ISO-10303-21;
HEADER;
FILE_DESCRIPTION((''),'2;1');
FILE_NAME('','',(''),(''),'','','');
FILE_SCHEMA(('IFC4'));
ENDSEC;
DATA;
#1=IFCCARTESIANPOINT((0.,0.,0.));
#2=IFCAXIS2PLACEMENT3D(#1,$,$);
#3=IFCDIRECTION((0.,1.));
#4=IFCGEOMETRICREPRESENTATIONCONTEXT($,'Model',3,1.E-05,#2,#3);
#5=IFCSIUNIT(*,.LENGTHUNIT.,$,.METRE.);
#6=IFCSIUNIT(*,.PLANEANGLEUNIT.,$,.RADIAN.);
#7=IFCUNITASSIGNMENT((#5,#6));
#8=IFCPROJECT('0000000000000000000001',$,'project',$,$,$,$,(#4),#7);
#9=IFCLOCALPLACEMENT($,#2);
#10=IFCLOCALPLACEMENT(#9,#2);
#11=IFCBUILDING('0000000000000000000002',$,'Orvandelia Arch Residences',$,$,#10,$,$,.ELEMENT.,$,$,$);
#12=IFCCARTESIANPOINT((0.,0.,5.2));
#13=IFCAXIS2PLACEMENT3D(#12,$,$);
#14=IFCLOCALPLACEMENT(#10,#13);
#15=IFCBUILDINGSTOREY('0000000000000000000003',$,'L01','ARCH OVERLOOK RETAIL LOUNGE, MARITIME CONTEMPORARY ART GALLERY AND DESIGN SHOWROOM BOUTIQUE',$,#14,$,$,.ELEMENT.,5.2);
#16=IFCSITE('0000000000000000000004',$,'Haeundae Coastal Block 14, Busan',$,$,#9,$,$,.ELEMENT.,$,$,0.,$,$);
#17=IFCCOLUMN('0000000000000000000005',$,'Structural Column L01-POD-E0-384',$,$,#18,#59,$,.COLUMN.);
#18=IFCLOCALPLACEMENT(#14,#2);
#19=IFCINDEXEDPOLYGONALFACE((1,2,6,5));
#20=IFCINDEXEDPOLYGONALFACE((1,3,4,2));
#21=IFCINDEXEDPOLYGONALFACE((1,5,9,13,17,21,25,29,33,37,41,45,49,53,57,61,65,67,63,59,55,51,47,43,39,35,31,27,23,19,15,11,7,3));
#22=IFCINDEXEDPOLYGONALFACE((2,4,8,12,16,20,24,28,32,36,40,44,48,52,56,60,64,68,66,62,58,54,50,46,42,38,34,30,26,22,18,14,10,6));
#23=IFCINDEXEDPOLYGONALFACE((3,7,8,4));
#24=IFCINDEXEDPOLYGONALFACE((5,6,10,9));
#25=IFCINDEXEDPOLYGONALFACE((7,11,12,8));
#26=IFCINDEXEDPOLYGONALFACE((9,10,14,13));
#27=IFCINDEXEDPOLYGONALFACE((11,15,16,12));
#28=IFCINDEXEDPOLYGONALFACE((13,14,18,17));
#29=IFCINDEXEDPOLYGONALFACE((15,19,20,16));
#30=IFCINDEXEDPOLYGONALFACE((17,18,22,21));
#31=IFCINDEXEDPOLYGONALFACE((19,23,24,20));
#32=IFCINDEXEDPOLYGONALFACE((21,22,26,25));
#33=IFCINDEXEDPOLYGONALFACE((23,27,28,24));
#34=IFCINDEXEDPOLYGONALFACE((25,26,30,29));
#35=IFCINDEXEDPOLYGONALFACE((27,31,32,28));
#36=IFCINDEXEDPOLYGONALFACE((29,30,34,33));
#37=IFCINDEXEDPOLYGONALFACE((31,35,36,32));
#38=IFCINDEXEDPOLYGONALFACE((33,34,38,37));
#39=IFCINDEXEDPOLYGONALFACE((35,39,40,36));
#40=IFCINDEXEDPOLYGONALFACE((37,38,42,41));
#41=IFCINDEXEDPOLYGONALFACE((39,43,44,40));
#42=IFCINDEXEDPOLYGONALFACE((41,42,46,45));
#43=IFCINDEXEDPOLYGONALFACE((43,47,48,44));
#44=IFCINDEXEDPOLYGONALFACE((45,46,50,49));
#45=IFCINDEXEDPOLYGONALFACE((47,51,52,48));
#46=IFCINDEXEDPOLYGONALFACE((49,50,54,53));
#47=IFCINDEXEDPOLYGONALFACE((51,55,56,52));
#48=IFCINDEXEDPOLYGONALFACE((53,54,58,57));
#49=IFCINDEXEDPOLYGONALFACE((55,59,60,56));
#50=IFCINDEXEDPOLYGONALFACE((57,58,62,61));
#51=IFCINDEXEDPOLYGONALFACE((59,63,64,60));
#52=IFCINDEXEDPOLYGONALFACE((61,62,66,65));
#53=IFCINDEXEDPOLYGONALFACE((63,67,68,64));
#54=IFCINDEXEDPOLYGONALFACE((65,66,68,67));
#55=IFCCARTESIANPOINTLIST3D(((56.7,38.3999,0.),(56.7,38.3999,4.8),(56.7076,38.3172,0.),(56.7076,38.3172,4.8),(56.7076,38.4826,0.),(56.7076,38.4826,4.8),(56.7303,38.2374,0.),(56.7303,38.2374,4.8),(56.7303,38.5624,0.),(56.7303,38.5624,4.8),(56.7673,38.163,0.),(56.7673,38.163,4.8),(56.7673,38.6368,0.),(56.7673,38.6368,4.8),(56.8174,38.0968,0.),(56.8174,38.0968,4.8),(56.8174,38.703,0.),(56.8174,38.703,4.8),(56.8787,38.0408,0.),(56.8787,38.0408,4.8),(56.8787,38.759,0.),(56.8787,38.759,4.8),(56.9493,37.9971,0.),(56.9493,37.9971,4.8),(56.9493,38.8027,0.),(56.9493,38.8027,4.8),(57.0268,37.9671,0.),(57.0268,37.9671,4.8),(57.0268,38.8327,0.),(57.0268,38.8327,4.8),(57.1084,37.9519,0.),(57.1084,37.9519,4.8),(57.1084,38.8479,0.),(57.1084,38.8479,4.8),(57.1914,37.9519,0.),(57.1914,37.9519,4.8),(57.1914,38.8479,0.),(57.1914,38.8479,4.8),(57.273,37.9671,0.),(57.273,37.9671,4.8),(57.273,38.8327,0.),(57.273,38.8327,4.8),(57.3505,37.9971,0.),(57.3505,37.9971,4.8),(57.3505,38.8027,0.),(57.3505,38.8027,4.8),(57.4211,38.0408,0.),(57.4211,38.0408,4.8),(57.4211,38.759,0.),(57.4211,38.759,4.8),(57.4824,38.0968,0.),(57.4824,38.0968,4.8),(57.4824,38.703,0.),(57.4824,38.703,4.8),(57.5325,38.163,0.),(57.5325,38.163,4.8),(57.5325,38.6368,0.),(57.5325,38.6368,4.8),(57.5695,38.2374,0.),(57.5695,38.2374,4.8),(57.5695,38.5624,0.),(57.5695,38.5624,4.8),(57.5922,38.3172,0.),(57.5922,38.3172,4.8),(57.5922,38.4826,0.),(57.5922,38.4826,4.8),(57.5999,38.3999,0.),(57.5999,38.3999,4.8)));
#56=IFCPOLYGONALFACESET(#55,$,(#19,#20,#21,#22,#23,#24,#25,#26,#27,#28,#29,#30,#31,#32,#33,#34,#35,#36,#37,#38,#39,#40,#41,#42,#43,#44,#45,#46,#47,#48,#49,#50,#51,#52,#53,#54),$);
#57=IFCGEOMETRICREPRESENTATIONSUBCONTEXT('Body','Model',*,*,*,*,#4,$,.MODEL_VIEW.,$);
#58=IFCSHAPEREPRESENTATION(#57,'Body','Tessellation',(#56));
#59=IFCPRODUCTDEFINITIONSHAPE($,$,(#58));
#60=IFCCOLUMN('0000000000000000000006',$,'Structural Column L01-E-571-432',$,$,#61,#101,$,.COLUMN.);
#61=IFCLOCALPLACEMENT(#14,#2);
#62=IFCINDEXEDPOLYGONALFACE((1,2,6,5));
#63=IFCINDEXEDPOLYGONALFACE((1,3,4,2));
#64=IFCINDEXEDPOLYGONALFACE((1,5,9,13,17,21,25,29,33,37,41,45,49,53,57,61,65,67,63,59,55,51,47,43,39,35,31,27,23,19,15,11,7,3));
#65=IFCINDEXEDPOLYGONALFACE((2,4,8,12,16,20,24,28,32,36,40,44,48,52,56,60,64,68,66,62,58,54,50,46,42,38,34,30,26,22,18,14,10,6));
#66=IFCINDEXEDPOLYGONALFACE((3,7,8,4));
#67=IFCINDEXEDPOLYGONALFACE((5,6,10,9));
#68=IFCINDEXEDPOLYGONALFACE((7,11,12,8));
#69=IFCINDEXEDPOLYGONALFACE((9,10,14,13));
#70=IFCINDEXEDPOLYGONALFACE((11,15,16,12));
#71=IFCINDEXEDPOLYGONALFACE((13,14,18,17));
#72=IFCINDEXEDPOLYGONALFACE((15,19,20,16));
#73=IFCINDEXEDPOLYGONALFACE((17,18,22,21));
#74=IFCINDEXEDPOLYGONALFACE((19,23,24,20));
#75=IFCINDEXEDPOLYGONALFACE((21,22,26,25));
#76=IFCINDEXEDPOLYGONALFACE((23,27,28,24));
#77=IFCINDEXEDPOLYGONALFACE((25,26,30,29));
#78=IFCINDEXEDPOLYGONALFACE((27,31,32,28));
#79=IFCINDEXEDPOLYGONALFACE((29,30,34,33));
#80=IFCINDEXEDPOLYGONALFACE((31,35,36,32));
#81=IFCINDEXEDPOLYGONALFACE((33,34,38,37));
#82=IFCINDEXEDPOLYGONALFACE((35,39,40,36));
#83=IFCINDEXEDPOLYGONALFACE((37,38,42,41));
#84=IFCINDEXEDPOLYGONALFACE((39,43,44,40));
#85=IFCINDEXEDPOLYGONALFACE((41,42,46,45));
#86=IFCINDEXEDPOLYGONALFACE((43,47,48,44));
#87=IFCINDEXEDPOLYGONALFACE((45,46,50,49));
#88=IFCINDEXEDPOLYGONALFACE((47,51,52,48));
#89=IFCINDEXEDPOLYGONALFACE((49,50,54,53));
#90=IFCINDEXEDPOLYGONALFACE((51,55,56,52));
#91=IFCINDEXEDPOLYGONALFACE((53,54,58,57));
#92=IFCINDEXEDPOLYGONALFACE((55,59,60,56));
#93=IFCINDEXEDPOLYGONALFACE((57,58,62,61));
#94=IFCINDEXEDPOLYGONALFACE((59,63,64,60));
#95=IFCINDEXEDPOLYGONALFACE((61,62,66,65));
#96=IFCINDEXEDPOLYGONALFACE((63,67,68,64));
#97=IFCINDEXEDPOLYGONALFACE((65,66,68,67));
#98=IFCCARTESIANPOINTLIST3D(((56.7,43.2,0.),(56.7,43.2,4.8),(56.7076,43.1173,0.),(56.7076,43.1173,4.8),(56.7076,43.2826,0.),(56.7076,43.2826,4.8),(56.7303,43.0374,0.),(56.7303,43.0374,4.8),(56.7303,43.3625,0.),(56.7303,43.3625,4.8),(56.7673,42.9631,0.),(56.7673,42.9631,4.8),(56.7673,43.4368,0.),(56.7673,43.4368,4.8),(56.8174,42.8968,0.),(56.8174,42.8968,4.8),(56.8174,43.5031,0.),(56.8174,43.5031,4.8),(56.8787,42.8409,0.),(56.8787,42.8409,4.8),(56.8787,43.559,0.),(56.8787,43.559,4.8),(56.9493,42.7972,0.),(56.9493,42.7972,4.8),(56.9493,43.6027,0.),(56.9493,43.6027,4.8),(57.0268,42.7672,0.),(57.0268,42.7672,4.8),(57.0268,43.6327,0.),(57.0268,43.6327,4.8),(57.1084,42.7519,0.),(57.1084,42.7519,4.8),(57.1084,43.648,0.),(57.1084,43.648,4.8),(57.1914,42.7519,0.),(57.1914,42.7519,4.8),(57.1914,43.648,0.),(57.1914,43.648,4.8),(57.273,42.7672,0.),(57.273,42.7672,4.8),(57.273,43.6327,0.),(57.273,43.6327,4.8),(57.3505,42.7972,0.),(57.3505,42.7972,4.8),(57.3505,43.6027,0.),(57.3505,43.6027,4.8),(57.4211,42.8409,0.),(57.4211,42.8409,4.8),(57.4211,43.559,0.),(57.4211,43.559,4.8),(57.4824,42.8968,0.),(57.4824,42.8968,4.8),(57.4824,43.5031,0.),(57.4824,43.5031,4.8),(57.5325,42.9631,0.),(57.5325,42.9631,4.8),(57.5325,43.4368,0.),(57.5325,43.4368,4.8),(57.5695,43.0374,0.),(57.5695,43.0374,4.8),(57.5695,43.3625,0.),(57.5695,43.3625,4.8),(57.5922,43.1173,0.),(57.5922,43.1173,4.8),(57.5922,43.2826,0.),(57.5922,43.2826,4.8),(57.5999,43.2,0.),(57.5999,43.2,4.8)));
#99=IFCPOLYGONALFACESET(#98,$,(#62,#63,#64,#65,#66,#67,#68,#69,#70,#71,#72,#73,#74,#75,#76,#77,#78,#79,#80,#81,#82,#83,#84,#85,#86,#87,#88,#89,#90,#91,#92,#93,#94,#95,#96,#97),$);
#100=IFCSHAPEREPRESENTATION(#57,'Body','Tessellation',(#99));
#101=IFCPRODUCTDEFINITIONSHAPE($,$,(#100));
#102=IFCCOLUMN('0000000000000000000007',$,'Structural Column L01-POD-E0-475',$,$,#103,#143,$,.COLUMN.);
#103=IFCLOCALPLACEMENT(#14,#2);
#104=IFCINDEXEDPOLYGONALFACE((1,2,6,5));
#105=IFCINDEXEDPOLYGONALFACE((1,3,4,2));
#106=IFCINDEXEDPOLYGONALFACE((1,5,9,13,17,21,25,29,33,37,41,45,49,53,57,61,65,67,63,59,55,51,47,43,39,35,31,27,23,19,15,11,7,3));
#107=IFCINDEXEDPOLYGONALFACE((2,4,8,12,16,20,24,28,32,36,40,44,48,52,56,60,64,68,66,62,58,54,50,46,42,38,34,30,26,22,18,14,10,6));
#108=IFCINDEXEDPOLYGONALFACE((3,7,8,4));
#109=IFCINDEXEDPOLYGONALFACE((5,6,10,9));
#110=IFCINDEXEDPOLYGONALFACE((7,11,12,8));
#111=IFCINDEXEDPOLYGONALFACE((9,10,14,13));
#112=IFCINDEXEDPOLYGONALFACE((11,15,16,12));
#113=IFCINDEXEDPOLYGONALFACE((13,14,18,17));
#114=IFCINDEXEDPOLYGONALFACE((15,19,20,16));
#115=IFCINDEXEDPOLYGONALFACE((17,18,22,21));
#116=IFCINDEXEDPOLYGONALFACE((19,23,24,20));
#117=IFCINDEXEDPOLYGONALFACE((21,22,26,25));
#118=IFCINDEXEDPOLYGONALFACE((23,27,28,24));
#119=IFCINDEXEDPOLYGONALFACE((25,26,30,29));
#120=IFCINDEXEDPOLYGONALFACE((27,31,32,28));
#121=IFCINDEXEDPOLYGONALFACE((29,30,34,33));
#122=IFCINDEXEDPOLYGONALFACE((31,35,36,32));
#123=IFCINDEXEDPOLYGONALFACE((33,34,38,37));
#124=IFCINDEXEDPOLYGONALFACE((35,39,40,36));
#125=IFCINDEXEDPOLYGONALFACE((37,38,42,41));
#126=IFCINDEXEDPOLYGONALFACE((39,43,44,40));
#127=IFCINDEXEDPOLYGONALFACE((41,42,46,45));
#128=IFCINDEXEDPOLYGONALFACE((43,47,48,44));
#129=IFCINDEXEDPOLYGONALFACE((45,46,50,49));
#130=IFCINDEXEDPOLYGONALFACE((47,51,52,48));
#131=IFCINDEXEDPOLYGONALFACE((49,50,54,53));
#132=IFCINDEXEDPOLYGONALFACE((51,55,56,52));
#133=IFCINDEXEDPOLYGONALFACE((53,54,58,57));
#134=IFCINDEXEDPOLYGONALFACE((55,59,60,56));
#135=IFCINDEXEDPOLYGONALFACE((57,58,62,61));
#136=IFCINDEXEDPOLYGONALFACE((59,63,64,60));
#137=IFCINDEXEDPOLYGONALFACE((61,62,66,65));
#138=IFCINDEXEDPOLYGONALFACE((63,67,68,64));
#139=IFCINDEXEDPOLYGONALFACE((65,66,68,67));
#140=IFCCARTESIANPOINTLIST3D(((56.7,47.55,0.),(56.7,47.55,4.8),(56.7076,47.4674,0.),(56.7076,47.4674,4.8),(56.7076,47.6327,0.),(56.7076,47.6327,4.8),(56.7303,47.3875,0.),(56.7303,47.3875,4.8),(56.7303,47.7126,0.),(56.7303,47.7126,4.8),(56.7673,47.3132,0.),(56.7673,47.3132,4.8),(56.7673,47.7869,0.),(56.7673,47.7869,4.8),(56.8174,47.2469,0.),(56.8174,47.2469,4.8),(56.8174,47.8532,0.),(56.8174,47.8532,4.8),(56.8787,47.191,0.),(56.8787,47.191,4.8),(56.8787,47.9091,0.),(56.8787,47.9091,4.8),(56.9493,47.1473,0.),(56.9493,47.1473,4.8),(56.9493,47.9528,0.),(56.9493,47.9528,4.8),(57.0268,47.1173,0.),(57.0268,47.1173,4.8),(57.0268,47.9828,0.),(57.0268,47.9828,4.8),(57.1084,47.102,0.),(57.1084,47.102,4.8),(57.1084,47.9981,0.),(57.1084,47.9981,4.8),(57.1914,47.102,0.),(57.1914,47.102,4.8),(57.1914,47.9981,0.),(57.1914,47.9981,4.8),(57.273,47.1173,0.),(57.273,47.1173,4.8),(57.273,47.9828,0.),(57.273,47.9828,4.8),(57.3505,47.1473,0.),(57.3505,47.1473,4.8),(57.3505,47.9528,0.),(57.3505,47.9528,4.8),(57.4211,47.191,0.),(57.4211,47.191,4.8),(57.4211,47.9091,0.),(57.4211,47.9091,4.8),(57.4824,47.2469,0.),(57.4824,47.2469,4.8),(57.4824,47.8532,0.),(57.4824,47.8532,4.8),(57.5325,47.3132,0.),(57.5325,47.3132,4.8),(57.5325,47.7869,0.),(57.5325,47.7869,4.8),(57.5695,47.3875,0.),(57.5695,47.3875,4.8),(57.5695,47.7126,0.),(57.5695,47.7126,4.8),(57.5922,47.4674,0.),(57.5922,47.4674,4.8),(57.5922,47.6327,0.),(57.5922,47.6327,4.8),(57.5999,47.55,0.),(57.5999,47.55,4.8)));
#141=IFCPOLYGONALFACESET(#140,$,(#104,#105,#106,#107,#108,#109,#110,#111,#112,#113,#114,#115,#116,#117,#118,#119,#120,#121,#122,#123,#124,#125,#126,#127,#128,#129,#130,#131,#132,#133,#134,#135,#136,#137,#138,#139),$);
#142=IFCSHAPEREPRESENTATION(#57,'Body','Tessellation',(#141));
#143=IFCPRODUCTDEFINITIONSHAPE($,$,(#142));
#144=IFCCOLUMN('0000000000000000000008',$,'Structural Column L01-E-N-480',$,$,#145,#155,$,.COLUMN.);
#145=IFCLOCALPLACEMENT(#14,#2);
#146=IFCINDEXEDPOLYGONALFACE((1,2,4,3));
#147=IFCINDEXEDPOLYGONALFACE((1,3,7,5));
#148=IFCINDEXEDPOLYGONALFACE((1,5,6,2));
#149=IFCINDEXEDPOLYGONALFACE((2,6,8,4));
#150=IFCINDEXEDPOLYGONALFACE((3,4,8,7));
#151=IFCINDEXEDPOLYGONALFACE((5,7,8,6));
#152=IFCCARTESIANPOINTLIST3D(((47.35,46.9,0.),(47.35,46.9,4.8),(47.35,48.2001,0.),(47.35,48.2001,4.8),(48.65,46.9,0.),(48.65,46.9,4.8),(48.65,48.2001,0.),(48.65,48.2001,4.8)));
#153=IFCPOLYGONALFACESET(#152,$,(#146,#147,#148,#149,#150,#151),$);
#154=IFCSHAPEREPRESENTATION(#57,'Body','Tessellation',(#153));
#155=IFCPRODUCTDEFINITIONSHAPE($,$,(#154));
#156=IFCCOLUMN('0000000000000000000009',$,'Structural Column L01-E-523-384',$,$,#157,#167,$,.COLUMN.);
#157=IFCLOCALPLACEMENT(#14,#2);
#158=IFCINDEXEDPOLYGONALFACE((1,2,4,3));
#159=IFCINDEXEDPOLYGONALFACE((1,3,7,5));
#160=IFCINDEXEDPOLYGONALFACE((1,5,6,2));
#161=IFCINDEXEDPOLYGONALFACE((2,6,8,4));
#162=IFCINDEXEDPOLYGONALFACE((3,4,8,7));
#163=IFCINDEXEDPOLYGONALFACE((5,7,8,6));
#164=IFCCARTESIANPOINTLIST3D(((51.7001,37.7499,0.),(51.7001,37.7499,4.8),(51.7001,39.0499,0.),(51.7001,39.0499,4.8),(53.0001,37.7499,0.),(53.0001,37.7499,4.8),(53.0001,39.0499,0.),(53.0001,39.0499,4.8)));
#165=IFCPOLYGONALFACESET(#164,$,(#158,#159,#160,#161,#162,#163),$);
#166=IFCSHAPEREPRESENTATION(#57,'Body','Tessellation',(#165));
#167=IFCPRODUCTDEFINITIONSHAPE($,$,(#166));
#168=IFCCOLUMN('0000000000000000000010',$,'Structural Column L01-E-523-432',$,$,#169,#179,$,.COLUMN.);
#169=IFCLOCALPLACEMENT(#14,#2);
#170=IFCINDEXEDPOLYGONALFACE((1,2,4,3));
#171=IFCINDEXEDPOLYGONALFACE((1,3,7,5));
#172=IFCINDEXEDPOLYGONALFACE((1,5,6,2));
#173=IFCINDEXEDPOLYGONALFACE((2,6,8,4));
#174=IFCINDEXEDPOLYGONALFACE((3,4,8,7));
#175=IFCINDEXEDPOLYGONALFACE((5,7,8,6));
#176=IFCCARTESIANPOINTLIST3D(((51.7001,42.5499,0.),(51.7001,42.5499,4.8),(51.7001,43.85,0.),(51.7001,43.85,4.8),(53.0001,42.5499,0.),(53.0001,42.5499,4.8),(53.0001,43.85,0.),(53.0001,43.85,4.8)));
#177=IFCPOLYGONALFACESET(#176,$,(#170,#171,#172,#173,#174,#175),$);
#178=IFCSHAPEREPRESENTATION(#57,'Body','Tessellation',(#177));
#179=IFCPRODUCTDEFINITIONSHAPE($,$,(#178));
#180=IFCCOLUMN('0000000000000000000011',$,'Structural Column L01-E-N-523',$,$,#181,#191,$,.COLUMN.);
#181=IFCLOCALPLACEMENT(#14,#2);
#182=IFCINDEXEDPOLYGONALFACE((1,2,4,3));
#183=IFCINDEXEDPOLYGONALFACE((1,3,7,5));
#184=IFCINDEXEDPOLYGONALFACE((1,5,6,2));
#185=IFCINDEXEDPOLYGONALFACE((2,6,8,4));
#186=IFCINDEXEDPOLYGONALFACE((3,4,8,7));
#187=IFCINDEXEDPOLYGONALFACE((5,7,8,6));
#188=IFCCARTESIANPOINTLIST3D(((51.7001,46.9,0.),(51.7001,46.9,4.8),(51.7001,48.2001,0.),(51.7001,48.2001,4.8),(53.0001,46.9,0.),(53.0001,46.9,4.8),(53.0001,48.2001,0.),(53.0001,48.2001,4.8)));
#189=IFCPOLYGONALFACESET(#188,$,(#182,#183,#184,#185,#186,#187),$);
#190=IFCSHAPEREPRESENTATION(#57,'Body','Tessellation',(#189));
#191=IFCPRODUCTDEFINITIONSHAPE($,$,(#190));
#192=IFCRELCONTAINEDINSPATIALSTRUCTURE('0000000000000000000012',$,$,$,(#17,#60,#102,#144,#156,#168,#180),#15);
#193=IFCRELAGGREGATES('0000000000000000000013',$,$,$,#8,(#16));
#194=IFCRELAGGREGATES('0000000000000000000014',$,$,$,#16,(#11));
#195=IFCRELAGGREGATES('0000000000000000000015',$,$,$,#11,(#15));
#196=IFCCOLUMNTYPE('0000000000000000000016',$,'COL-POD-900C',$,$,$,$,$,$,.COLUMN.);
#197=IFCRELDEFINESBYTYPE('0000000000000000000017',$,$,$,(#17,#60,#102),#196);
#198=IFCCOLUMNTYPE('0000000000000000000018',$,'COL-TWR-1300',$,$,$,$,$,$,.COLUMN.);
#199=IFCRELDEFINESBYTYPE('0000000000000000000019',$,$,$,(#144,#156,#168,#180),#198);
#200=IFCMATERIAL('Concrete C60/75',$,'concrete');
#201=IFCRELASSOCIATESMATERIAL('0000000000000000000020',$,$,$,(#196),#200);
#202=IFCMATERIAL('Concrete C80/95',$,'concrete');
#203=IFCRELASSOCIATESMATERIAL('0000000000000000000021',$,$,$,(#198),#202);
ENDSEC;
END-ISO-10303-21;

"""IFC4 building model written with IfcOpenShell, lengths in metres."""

from ifc_helpers import new_model, si_unit, direction, frame, origin, origin_2d, place, context, subcontext, project, spatial, rectangle, circle, extrude, material, material_profile, profile_set, type_object, element, save


model = new_model("IFC4")

# Units and contexts
model_context = context("Model", 3, precision=1e-05, world=origin(), true_north=direction((0.0, 1.0)))
body_context = subcontext(model_context, "Body", "Model", "MODEL_VIEW")
ifc_project = project(units=[si_unit("LENGTHUNIT", "METRE"), si_unit("PLANEANGLEUNIT", "RADIAN")], contexts=[model_context])

# Site, building, storey
site_placement = place(None, origin())
site = spatial("IfcSite", under=ifc_project, at=site_placement, Name="Haeundae Coastal Block 14, Busan", CompositionType="ELEMENT", RefElevation=0.0)
building_placement = place(site_placement, origin())
building = spatial("IfcBuilding", under=site, at=building_placement, Name="Orvandelia Arch Residences", CompositionType="ELEMENT")
storey_placement = place(building_placement, frame((0.0, 0.0, 5.2)))
storey = spatial("IfcBuildingStorey", under=building, at=storey_placement, Name="L01", Description="ARCH OVERLOOK RETAIL LOUNGE, MARITIME CONTEMPORARY ART GALLERY AND DESIGN SHOWROOM BOUTIQUE", CompositionType="ELEMENT", Elevation=5.2)

# Columns
ifc_material_1 = material(Name="Concrete C60/75", Category="concrete")
ifc_material_profile_1 = material_profile(ifc_material_1, circle(Radius=0.45, at=origin_2d()), Name="Concrete C60/75", Category="concrete")
ifc_profile_set_1 = profile_set([ifc_material_profile_1], Name="Concrete C60/75")
column_type_1 = type_object("IfcColumnType", Name="COL-POD-900C", PredefinedType="COLUMN", material=ifc_profile_set_1)
for number, where, z_axis, x_axis, name in (
    (1, (57.1499, 38.3999, 0.0), (0.0, 0.0, 1.0), (1.0, 0.0, 0.0), "Structural Column L01-POD-E0-384"),
    (2, (57.1499, 43.2, 0.0), (0.0, 0.0, 1.0), (1.0, 0.0, 0.0), "Structural Column L01-E-571-432"),
    (3, (57.1499, 47.55, 0.0), (0.0, 0.0, 1.0), (1.0, 0.0, 0.0), "Structural Column L01-POD-E0-475"),
):
    element("IfcColumn", number, at=place(storey_placement, frame(where, z_axis=z_axis, x_axis=x_axis)), inside=storey, type_object=column_type_1, Name=name, PredefinedType="COLUMN", context=body_context, shape_type="SweptSolid", body=[
        extrude(circle(Radius=0.45, at=origin_2d()), origin(), (0.0, 0.0, 1.0), 4.8),
    ])
ifc_material_2 = material(Name="Concrete C80/95", Category="concrete")
ifc_material_profile_2 = material_profile(ifc_material_2, rectangle(XDim=1.3, YDim=1.3, at=origin_2d()), Name="Concrete C80/95", Category="concrete")
ifc_profile_set_2 = profile_set([ifc_material_profile_2], Name="Concrete C80/95")
column_type_2 = type_object("IfcColumnType", Name="COL-TWR-1300", PredefinedType="COLUMN", material=ifc_profile_set_2)
for number, where, z_axis, x_axis, name in (
    (4, (48.0, 47.55, 0.0), (0.0, 0.0, 1.0), (1.0, 0.0, 0.0), "Structural Column L01-E-N-480"),
    (5, (52.3501, 38.3999, 0.0), (0.0, 0.0, 1.0), (1.0, 0.0, 0.0), "Structural Column L01-E-523-384"),
    (6, (52.3501, 43.2, 0.0), (0.0, 0.0, 1.0), (1.0, 0.0, 0.0), "Structural Column L01-E-523-432"),
    (7, (52.3501, 47.55, 0.0), (0.0, 0.0, 1.0), (1.0, 0.0, 0.0), "Structural Column L01-E-N-523"),
):
    element("IfcColumn", number, at=place(storey_placement, frame(where, z_axis=z_axis, x_axis=x_axis)), inside=storey, type_object=column_type_2, Name=name, PredefinedType="COLUMN", context=body_context, shape_type="SweptSolid", body=[
        extrude(rectangle(XDim=1.3, YDim=1.3, at=origin_2d()), origin(), (0.0, 0.0, 1.0), 4.8),
    ])

save(model, "model.ifc")
